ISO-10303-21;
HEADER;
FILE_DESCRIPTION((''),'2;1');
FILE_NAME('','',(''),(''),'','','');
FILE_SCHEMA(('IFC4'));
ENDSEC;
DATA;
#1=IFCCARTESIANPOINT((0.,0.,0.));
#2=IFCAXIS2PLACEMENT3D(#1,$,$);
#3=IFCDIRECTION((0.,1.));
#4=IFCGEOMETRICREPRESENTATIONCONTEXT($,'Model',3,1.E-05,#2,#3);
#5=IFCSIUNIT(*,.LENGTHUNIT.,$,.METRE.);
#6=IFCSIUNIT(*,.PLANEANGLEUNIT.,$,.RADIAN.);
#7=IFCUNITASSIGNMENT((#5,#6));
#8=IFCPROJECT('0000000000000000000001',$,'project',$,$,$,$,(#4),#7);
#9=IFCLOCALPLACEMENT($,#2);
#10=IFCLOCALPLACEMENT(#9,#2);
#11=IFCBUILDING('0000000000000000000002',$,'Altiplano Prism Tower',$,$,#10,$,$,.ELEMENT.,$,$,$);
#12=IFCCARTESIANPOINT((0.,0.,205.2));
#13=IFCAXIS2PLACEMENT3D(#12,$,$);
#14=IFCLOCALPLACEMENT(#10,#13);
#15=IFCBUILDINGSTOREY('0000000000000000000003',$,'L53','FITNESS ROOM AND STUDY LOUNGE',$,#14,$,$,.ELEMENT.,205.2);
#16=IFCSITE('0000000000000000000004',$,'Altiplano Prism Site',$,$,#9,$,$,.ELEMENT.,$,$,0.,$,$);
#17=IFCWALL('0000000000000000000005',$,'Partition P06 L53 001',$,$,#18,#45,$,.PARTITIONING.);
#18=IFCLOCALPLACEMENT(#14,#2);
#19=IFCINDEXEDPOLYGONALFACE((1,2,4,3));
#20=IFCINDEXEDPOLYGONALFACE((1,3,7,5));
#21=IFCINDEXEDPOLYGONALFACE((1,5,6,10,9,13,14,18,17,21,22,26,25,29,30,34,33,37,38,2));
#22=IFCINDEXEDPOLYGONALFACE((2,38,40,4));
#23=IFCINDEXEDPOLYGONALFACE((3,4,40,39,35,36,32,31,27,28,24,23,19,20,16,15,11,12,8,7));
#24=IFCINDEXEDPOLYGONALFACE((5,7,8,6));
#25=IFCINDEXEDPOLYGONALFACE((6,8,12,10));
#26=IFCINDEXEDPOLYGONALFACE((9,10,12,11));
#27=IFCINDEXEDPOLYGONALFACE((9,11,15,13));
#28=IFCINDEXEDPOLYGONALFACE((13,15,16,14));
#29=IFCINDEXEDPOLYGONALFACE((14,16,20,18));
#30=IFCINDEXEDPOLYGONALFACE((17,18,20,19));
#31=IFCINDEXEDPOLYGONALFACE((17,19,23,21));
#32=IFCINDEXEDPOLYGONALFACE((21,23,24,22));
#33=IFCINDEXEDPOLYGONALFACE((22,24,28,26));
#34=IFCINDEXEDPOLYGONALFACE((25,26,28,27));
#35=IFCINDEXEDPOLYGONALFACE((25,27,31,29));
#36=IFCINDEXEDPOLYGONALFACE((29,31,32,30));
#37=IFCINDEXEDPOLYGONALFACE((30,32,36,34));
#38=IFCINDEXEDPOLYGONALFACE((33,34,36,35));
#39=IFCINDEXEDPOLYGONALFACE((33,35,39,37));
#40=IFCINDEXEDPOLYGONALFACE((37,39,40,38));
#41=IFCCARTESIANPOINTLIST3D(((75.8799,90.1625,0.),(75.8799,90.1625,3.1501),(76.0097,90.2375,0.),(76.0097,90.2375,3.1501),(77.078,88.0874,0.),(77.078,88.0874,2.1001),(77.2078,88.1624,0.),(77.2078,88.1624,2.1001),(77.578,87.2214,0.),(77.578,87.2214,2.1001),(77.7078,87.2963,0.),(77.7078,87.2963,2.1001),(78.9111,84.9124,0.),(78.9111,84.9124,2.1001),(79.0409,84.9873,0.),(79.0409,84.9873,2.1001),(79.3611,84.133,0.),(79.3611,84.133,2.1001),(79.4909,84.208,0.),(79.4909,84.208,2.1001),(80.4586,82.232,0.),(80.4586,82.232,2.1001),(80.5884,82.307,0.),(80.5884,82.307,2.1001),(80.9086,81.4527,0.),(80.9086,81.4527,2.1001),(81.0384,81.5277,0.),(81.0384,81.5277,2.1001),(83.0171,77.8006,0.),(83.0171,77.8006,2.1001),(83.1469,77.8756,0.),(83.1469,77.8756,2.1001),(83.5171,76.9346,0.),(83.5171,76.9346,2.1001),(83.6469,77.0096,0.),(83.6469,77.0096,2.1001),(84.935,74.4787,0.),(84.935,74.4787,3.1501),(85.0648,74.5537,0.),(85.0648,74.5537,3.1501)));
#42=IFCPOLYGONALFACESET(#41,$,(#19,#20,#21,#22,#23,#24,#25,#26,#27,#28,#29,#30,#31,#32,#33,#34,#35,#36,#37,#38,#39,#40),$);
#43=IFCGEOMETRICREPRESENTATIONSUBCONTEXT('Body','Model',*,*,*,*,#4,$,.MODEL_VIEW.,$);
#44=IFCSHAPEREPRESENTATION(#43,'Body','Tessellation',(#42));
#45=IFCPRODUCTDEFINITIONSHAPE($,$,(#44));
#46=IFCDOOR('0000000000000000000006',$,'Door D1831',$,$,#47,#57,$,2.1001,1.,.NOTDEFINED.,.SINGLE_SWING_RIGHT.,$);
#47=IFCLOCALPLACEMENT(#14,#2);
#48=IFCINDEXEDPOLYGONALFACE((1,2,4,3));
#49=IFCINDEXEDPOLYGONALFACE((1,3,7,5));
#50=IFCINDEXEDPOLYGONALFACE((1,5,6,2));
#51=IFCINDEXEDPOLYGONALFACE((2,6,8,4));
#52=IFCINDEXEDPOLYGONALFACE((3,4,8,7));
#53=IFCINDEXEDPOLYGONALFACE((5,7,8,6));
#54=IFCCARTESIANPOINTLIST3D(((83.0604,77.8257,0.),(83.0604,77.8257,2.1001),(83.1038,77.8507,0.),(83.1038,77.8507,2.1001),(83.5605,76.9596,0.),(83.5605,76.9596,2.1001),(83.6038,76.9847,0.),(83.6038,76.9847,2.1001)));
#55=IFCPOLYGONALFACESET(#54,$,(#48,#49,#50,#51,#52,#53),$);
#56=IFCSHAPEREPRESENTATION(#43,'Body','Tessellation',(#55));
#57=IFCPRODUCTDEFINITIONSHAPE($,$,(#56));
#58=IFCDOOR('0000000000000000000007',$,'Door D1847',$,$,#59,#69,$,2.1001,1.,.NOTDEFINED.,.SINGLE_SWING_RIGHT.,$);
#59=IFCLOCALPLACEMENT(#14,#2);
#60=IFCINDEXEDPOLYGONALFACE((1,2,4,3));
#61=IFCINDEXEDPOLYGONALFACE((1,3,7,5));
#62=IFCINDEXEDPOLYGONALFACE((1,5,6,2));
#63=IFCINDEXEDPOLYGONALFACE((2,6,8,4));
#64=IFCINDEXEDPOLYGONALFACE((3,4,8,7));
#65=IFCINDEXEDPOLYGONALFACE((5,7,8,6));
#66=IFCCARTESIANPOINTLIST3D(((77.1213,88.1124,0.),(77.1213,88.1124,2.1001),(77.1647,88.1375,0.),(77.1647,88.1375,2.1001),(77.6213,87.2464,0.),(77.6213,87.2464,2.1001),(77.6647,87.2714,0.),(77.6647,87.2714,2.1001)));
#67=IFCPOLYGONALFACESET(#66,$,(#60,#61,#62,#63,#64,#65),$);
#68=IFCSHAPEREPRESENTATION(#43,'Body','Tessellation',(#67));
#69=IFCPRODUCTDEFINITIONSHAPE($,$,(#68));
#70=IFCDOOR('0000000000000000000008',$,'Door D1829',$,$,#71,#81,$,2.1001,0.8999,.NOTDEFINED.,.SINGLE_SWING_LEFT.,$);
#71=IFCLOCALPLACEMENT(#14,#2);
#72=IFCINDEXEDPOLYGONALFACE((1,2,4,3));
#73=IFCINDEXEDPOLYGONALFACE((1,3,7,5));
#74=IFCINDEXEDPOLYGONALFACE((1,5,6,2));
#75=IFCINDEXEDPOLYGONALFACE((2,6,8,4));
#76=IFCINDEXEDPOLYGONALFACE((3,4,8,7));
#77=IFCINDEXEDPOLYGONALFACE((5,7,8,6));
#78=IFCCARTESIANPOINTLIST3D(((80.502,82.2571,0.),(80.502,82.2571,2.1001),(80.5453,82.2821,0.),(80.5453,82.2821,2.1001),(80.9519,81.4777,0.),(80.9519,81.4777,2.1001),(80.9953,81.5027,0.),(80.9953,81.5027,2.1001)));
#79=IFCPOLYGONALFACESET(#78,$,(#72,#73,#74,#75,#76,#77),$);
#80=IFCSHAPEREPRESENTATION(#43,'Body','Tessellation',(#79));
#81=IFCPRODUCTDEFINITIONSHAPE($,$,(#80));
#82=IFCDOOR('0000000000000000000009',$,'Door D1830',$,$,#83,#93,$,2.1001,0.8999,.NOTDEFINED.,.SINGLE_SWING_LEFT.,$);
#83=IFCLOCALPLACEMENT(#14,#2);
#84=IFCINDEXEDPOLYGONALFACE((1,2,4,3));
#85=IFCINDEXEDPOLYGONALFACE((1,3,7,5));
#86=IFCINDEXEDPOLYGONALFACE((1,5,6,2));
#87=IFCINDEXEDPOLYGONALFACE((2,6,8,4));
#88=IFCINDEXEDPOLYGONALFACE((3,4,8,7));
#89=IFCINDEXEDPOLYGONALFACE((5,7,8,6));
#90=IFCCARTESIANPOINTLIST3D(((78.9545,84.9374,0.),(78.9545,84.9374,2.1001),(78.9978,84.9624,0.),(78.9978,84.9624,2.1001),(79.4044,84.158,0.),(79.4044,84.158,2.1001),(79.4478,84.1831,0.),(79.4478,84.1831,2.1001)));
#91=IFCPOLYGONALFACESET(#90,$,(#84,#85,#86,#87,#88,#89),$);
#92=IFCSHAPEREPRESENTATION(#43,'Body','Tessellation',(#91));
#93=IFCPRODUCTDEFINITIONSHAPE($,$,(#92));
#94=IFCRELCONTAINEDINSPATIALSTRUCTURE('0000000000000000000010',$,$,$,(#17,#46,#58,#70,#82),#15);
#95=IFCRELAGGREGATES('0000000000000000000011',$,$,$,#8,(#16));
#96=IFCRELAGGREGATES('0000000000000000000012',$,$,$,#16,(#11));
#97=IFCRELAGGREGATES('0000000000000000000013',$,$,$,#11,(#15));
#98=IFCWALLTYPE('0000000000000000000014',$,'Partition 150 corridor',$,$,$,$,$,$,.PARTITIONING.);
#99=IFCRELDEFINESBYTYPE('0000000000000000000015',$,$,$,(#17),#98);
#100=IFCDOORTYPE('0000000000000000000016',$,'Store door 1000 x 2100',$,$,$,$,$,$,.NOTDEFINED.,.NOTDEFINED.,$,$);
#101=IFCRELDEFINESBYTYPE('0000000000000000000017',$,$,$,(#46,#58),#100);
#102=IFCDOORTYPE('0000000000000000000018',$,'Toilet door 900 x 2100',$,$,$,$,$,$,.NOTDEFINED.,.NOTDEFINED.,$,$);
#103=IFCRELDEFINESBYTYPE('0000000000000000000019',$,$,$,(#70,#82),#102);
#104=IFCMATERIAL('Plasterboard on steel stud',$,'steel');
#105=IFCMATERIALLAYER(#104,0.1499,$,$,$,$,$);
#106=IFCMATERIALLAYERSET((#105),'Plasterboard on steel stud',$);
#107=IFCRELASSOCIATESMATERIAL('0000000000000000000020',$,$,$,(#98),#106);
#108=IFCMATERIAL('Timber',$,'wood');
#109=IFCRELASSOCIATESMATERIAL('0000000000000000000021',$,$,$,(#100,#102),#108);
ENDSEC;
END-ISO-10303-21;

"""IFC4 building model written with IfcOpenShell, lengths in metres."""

from ifc_helpers import new_model, si_unit, direction, frame, frame_2d, origin, place, context, subcontext, project, spatial, rectangle, extrude, material, layer, layer_set, type_object, element, fill, save


model = new_model("IFC4")

# Units and contexts
model_context = context("Model", 3, precision=1e-05, world=origin(), true_north=direction((0.0, 1.0)))
body_context = subcontext(model_context, "Body", "Model", "MODEL_VIEW")
ifc_project = project(units=[si_unit("LENGTHUNIT", "METRE"), si_unit("PLANEANGLEUNIT", "RADIAN")], contexts=[model_context])

# Site, building, storey
site_placement = place(None, origin())
site = spatial("IfcSite", under=ifc_project, at=site_placement, Name="Altiplano Prism Site", CompositionType="ELEMENT", RefElevation=0.0)
building_placement = place(site_placement, origin())
building = spatial("IfcBuilding", under=site, at=building_placement, Name="Altiplano Prism Tower", CompositionType="ELEMENT")
storey_placement = place(building_placement, frame((0.0, 0.0, 205.2)))
storey = spatial("IfcBuildingStorey", under=building, at=storey_placement, Name="L53", Description="FITNESS ROOM AND STUDY LOUNGE", CompositionType="ELEMENT", Elevation=205.2)

# Wall, openings, doors
ifc_material_1 = material(Name="Plasterboard on steel stud", Category="steel")
ifc_layer_1 = layer(ifc_material_1, 0.1499)
ifc_layer_set_1 = layer_set([ifc_layer_1], Name="Plasterboard on steel stud")
wall_type_1 = type_object("IfcWallType", Name="Partition 150 corridor", PredefinedType="PARTITIONING", material=ifc_layer_set_1)
wall_1_placement = place(storey_placement, frame((85.0, 74.5161, 0.0), z_axis=(0.0, 0.0, 1.0), x_axis=(-0.500004, 0.866023, 0.0)))
wall_1 = element("IfcWall", 1, at=wall_1_placement, inside=storey, type_object=wall_type_1, Name="Partition P06 L53 001", PredefinedType="PARTITIONING", context=body_context, shape_type="SweptSolid", body=[
    extrude(rectangle(XDim=18.1101, YDim=0.1499, at=frame_2d((9.0552, 0.0))), origin(), (0.0, 0.0, 1.0), 3.1501),
])
opening_1_placement = place(wall_1_placement, frame((8.053, 0.0, 0.0)))
opening_1 = element("IfcOpeningElement", 2, at=opening_1_placement, cuts=wall_1, PredefinedType="OPENING", context=body_context, shape_type="SweptSolid", body=[
    extrude(rectangle(XDim=0.8999, YDim=2.1001, at=frame_2d((0.45, 1.05))), frame((0.0, 0.0854, 0.0), z_axis=(0.0, -1.0, 0.0), x_axis=(1.0, 0.0, 0.0)), (0.0, 0.0, 1.0), 0.1709),
])
opening_2_placement = place(wall_1_placement, frame((11.1479, 0.0, 0.0)))
opening_2 = element("IfcOpeningElement", 3, at=opening_2_placement, cuts=wall_1, PredefinedType="OPENING", context=body_context, shape_type="SweptSolid", body=[
    extrude(rectangle(XDim=0.8999, YDim=2.1001, at=frame_2d((0.45, 1.05))), frame((0.0, 0.0854, 0.0), z_axis=(0.0, -1.0, 0.0), x_axis=(1.0, 0.0, 0.0)), (0.0, 0.0, 1.0), 0.1709),
])
opening_3_placement = place(wall_1_placement, frame((2.8359, 0.0, 0.0)))
opening_3 = element("IfcOpeningElement", 4, at=opening_3_placement, cuts=wall_1, PredefinedType="OPENING", context=body_context, shape_type="SweptSolid", body=[
    extrude(rectangle(XDim=1.0, YDim=2.1001, at=frame_2d((0.5, 1.05))), frame((0.0, 0.0854, 0.0), z_axis=(0.0, -1.0, 0.0), x_axis=(1.0, 0.0, 0.0)), (0.0, 0.0, 1.0), 0.1709),
])
opening_4_placement = place(wall_1_placement, frame((14.7141, 0.0, 0.0)))
opening_4 = element("IfcOpeningElement", 5, at=opening_4_placement, cuts=wall_1, PredefinedType="OPENING", context=body_context, shape_type="SweptSolid", body=[
    extrude(rectangle(XDim=1.0, YDim=2.1001, at=frame_2d((0.5, 1.05))), frame((0.0, 0.0854, 0.0), z_axis=(0.0, -1.0, 0.0), x_axis=(1.0, 0.0, 0.0)), (0.0, 0.0, 1.0), 0.1709),
])
ifc_material_2 = material(Name="Timber", Category="wood")
door_type_1 = type_object("IfcDoorType", Name="Store door 1000 x 2100", OperationType="NOTDEFINED", PredefinedType="NOTDEFINED", material=ifc_material_2)
door_1_placement = place(opening_3_placement, origin())
door_1 = element("IfcDoor", 6, at=door_1_placement, inside=storey, type_object=door_type_1, Name="Door D1831", OperationType="SINGLE_SWING_RIGHT", OverallHeight=2.1001, OverallWidth=1.0, PredefinedType="NOTDEFINED", context=body_context, shape_type="SweptSolid", body=[
    extrude(rectangle(XDim=1.0, YDim=2.1001, at=frame_2d((0.5, 1.05))), frame((0.0, 0.0249, 0.0), z_axis=(0.0, -1.0, 0.0), x_axis=(1.0, 0.0, 0.0)), (0.0, 0.0, 1.0), 0.05),
])
fill(opening_3, door_1)
door_2_placement = place(opening_4_placement, origin())
door_2 = element("IfcDoor", 7, at=door_2_placement, inside=storey, type_object=door_type_1, Name="Door D1847", OperationType="SINGLE_SWING_RIGHT", OverallHeight=2.1001, OverallWidth=1.0, PredefinedType="NOTDEFINED", context=body_context, shape_type="SweptSolid", body=[
    extrude(rectangle(XDim=1.0, YDim=2.1001, at=frame_2d((0.5, 1.05))), frame((0.0, 0.0249, 0.0), z_axis=(0.0, -1.0, 0.0), x_axis=(1.0, 0.0, 0.0)), (0.0, 0.0, 1.0), 0.05),
])
fill(opening_4, door_2)
door_type_2 = type_object("IfcDoorType", Name="Toilet door 900 x 2100", OperationType="NOTDEFINED", PredefinedType="NOTDEFINED", material=ifc_material_2)
door_3_placement = place(opening_1_placement, origin())
door_3 = element("IfcDoor", 8, at=door_3_placement, inside=storey, type_object=door_type_2, Name="Door D1829", OperationType="SINGLE_SWING_LEFT", OverallHeight=2.1001, OverallWidth=0.8999, PredefinedType="NOTDEFINED", context=body_context, shape_type="SweptSolid", body=[
    extrude(rectangle(XDim=0.8999, YDim=2.1001, at=frame_2d((0.45, 1.05))), frame((0.0, 0.0249, 0.0), z_axis=(0.0, -1.0, 0.0), x_axis=(1.0, 0.0, 0.0)), (0.0, 0.0, 1.0), 0.05),
])
fill(opening_1, door_3)
door_4_placement = place(opening_2_placement, origin())
door_4 = element("IfcDoor", 9, at=door_4_placement, inside=storey, type_object=door_type_2, Name="Door D1830", OperationType="SINGLE_SWING_LEFT", OverallHeight=2.1001, OverallWidth=0.8999, PredefinedType="NOTDEFINED", context=body_context, shape_type="SweptSolid", body=[
    extrude(rectangle(XDim=0.8999, YDim=2.1001, at=frame_2d((0.45, 1.05))), frame((0.0, 0.0249, 0.0), z_axis=(0.0, -1.0, 0.0), x_axis=(1.0, 0.0, 0.0)), (0.0, 0.0, 1.0), 0.05),
])
fill(opening_2, door_4)

save(model, "model.ifc")
